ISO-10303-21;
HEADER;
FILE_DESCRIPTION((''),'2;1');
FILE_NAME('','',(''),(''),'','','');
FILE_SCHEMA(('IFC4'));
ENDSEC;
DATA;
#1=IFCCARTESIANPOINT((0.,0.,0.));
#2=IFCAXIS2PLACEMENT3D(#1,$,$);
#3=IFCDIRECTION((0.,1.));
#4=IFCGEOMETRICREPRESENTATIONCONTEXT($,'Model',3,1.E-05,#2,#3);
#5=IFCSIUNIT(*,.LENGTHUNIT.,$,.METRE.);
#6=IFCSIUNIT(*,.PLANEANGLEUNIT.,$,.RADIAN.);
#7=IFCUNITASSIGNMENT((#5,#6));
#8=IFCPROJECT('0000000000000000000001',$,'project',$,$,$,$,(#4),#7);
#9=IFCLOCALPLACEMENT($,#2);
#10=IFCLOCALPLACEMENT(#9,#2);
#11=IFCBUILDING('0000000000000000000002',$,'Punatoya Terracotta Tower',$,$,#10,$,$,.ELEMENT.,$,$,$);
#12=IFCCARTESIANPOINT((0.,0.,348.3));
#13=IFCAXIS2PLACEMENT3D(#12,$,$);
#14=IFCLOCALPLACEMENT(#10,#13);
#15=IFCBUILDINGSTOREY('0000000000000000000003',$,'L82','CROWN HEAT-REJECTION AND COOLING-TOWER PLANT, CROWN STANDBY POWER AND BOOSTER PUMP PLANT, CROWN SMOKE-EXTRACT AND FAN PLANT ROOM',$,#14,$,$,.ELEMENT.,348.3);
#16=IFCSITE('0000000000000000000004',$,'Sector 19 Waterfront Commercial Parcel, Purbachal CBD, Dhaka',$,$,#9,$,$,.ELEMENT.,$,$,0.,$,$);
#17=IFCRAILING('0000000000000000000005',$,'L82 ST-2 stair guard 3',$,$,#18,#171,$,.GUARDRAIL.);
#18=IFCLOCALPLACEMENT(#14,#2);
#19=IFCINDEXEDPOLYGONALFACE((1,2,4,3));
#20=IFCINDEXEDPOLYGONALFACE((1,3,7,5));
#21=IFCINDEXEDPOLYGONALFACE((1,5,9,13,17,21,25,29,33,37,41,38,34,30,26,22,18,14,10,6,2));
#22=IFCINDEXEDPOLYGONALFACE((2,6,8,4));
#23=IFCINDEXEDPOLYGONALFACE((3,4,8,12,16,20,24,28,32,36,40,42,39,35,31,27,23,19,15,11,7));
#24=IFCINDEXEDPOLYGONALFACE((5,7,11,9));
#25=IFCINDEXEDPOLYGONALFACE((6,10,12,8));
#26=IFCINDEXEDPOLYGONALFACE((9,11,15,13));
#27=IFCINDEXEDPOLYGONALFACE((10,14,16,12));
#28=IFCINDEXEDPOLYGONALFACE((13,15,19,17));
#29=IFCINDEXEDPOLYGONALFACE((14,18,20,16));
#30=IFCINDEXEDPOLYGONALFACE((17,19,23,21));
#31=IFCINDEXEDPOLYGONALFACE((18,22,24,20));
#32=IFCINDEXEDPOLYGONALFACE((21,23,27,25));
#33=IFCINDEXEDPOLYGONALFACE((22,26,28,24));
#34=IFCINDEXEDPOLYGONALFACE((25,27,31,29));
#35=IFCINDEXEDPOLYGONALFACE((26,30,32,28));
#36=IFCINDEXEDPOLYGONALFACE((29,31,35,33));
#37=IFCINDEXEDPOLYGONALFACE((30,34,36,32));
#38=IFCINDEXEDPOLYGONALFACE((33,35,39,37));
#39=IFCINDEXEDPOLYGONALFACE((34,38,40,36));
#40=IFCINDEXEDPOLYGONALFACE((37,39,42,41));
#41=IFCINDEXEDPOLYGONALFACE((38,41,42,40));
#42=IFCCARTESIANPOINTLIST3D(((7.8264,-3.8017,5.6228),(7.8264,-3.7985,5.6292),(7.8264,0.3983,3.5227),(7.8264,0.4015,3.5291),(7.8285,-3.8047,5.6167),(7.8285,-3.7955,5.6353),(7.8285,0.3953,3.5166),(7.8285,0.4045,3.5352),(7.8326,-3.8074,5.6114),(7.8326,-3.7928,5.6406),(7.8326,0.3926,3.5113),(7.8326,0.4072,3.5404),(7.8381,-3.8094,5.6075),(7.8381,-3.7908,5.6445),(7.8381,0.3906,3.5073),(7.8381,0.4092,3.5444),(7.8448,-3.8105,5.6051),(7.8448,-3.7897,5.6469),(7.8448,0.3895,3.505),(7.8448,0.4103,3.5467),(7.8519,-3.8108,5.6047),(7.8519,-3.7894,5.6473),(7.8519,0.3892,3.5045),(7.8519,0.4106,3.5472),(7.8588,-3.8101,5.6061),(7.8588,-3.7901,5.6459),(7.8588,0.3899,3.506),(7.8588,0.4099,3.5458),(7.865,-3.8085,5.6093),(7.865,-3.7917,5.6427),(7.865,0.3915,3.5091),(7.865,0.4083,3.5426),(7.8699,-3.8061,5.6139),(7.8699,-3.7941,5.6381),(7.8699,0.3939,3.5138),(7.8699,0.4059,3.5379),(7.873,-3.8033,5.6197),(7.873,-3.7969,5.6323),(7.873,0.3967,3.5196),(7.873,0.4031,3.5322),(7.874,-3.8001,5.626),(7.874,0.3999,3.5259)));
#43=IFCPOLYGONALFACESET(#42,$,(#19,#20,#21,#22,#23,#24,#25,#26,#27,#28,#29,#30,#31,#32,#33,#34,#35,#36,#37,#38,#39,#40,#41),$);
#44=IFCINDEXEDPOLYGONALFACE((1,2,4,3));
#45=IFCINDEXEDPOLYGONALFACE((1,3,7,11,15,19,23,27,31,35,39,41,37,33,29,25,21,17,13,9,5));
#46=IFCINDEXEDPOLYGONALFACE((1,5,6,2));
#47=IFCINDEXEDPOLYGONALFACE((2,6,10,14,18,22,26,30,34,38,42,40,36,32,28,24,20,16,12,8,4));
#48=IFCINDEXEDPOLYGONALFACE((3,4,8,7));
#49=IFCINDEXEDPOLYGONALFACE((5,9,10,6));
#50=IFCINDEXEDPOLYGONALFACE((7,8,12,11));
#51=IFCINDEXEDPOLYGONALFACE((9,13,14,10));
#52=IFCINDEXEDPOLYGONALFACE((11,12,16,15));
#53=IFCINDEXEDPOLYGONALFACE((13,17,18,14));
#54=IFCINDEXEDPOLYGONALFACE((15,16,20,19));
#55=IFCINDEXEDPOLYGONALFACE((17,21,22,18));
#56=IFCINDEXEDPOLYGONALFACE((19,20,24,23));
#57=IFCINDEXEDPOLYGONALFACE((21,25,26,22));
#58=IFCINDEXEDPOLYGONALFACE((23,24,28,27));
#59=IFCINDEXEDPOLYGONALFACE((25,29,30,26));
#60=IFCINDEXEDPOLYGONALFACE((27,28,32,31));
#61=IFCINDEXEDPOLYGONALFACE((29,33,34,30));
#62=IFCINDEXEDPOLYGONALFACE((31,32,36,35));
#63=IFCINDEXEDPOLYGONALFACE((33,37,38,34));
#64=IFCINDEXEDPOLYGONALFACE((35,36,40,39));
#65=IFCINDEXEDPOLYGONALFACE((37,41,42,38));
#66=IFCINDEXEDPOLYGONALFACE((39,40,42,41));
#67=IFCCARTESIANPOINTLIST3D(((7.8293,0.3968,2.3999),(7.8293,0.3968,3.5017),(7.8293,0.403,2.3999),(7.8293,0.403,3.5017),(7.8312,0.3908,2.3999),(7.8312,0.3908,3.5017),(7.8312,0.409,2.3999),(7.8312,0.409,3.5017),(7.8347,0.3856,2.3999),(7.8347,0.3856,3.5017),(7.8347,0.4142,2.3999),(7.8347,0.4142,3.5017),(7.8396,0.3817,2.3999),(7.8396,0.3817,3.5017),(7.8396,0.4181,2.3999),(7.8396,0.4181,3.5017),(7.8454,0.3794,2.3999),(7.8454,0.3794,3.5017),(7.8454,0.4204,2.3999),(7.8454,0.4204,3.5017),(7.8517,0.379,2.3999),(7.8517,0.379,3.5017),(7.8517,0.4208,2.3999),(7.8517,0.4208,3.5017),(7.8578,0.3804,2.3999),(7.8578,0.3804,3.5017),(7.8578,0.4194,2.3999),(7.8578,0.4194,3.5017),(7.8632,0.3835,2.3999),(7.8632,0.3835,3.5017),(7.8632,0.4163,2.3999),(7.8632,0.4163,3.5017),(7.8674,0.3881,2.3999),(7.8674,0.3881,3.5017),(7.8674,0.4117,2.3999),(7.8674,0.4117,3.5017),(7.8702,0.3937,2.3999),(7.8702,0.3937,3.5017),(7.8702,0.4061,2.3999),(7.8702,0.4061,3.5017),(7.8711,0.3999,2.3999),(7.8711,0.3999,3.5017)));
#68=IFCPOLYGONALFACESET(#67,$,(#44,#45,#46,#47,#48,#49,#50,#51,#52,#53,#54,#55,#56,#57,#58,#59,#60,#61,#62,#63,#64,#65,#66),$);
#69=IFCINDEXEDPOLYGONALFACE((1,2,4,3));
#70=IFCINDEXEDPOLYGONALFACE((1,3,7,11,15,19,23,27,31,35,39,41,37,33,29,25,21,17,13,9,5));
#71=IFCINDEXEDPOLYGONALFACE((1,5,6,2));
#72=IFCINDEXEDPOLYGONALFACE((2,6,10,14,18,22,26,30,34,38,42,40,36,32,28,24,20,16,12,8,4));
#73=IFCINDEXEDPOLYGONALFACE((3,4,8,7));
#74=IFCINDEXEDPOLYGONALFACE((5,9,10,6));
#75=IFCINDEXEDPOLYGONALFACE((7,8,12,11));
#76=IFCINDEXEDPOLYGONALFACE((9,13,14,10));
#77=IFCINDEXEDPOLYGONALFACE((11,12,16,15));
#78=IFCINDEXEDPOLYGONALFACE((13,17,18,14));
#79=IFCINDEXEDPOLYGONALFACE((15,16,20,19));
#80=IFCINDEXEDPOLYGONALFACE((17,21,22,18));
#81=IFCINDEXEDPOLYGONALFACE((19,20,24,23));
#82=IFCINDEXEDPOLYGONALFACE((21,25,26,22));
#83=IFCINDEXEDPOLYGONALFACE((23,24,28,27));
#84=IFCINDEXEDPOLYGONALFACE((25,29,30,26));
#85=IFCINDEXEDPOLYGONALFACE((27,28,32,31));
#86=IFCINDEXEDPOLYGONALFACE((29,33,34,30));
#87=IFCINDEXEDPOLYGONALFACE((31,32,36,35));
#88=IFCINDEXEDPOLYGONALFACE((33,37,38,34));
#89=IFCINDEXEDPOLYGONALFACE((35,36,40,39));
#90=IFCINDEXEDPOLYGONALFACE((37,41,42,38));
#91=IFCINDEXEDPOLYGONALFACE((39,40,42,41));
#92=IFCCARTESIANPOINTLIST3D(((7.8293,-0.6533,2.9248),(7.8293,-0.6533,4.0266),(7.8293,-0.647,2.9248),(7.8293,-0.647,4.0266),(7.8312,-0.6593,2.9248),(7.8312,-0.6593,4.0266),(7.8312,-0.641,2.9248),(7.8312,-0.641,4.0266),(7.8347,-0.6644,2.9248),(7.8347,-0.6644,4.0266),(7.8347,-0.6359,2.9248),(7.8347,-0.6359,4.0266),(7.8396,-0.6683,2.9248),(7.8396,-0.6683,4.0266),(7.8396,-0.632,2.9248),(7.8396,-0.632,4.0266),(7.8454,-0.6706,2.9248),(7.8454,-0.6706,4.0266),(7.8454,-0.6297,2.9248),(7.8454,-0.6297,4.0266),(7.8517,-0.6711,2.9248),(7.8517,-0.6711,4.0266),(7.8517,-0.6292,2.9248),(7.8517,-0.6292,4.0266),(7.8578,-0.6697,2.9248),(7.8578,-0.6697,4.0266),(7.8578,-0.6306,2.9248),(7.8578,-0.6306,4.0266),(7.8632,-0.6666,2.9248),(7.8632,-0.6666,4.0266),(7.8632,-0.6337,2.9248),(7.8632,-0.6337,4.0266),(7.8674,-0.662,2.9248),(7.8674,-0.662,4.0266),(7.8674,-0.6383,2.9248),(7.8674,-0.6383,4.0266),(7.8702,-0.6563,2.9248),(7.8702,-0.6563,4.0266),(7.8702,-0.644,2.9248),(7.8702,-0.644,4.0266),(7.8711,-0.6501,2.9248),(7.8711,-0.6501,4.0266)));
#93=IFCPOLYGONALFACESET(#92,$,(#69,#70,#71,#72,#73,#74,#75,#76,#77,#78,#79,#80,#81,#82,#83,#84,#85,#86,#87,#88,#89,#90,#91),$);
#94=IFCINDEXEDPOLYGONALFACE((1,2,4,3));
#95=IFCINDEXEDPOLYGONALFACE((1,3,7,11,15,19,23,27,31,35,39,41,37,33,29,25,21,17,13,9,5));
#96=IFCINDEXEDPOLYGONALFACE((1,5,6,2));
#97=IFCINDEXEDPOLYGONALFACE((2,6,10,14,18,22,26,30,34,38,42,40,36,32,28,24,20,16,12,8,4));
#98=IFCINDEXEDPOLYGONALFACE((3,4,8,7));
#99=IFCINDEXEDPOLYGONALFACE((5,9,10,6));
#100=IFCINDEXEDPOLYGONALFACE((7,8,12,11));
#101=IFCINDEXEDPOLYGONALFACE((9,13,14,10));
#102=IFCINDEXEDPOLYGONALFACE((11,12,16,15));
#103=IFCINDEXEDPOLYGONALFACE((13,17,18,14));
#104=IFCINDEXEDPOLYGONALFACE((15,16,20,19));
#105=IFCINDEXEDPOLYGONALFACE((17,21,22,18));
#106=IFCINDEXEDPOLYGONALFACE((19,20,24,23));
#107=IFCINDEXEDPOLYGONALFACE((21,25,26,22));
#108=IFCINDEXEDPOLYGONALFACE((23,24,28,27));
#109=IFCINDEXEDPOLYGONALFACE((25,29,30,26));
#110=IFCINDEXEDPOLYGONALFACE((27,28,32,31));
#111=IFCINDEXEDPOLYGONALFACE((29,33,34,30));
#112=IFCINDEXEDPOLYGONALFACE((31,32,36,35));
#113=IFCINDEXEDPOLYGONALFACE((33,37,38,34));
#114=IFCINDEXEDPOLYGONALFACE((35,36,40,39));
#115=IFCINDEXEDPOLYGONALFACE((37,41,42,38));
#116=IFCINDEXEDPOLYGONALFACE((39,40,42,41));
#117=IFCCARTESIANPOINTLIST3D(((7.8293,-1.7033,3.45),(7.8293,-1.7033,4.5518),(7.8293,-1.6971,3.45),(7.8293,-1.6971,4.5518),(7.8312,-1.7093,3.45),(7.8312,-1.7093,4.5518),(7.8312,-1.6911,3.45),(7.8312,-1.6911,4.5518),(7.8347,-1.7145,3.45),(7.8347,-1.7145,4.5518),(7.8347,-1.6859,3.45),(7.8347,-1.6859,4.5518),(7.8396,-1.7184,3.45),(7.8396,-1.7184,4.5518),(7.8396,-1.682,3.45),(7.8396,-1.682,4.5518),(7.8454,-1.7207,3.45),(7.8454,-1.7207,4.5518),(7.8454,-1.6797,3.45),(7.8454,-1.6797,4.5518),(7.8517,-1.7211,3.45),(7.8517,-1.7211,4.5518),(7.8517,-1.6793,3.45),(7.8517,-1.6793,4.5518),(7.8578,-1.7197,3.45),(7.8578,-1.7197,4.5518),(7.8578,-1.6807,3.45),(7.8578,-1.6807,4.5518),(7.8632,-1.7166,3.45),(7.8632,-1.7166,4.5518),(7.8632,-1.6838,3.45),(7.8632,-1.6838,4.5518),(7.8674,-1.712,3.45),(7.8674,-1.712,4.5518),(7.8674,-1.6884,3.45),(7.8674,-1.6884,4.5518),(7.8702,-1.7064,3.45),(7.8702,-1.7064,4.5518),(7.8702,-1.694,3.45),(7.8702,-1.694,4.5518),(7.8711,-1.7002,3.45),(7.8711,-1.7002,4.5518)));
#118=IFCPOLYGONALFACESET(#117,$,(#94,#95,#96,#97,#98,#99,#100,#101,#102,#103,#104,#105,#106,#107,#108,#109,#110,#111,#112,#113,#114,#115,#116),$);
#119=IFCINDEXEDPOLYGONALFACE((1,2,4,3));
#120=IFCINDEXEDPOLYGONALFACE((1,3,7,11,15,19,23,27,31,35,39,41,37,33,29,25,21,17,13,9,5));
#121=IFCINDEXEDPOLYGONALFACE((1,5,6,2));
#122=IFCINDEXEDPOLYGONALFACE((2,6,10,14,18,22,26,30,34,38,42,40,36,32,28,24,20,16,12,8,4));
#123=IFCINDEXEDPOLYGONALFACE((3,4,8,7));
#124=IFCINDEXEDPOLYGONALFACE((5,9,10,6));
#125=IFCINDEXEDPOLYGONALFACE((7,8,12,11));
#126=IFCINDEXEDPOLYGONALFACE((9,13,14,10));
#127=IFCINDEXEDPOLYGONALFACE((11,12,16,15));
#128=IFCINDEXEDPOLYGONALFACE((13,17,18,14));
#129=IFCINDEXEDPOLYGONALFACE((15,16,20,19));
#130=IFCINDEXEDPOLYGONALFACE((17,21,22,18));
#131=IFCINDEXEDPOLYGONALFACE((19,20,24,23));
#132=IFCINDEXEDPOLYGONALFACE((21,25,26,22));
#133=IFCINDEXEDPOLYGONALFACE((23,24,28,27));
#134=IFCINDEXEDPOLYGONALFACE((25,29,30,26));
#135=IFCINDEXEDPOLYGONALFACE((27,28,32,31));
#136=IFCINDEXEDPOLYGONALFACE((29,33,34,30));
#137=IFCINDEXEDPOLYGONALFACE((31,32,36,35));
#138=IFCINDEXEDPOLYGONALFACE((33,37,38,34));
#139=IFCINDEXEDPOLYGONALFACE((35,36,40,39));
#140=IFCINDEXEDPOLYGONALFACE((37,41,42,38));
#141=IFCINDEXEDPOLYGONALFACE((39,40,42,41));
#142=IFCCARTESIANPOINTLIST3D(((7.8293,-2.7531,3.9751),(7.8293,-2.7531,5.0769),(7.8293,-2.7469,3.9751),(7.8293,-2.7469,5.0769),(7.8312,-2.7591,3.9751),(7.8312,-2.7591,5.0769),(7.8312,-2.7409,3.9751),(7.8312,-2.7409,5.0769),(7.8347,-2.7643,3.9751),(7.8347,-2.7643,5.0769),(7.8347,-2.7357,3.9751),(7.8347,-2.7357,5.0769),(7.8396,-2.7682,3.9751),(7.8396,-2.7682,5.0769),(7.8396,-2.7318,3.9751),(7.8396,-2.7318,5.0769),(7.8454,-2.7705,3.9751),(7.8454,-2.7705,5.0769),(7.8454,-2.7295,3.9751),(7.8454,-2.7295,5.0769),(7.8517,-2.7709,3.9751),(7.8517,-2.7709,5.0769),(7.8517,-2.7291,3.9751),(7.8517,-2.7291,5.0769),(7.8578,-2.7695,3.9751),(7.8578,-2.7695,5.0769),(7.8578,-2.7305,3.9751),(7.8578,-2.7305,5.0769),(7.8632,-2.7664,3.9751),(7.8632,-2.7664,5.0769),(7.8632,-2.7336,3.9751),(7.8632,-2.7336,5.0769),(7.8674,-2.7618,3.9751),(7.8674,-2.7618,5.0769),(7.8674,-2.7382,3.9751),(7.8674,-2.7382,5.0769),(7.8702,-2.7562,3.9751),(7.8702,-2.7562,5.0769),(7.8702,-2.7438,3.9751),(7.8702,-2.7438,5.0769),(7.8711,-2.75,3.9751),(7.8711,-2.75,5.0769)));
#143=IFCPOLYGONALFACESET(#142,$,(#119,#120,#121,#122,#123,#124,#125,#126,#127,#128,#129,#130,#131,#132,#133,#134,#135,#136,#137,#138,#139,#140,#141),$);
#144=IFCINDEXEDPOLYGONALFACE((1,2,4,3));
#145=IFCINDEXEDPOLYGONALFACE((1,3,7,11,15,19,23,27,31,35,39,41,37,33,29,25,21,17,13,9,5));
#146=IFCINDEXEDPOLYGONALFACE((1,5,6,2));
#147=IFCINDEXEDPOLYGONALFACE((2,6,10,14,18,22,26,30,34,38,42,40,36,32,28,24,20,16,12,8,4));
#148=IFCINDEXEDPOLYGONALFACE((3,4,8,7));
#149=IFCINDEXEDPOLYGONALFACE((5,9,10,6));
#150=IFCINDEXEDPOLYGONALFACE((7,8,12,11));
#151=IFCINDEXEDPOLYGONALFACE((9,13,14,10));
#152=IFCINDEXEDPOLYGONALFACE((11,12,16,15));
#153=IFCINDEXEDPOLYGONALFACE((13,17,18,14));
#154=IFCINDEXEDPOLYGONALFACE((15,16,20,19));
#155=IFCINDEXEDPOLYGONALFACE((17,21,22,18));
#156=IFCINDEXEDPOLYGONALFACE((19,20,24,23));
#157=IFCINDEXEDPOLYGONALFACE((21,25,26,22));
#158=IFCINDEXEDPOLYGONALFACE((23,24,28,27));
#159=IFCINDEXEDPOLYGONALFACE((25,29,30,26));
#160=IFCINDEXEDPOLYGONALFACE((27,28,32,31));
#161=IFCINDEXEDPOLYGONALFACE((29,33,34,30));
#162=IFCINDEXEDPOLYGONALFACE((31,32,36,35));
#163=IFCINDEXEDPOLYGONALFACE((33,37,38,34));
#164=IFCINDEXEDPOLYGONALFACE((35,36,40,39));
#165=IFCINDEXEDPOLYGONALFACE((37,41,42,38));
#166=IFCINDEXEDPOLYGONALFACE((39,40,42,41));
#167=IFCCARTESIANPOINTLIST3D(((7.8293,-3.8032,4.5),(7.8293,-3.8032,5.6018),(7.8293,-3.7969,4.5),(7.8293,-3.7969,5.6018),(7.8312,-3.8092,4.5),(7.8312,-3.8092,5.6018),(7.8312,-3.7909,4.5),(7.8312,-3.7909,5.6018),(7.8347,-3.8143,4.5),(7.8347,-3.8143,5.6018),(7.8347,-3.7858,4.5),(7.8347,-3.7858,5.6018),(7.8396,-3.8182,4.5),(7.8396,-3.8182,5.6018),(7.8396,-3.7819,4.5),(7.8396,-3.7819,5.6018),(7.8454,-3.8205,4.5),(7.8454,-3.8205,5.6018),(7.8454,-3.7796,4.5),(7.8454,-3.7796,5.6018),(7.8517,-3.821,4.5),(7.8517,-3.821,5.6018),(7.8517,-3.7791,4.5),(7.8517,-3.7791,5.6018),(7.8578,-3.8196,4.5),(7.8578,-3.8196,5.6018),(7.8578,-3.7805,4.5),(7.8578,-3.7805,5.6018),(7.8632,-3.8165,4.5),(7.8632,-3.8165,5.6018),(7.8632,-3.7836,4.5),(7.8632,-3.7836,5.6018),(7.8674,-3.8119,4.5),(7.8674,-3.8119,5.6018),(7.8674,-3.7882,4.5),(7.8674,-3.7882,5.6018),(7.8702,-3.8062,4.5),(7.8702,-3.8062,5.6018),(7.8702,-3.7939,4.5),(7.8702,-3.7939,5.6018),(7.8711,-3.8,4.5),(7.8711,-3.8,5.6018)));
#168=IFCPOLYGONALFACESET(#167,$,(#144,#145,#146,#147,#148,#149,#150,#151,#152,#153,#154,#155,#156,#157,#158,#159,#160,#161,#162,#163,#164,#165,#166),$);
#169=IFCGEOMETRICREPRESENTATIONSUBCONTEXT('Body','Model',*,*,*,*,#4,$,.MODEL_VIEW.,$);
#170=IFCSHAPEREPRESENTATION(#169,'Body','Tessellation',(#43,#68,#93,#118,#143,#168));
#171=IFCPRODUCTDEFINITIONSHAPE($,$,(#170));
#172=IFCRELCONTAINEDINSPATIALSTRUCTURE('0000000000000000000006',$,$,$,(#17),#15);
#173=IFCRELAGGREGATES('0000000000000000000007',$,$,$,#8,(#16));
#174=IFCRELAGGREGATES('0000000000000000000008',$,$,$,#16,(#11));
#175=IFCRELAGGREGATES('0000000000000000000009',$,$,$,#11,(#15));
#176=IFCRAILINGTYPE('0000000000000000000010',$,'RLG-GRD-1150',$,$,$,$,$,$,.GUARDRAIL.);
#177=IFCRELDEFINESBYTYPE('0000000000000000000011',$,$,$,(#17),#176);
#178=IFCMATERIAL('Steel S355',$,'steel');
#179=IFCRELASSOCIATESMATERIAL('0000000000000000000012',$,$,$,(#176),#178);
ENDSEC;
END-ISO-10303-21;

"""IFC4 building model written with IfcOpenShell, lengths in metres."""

from ifc_helpers import new_model, si_unit, direction, frame, origin, origin_2d, place, context, subcontext, project, spatial, circle, extrude, material, type_object, element, save


model = new_model("IFC4")

# Units and contexts
model_context = context("Model", 3, precision=1e-05, world=origin(), true_north=direction((0.0, 1.0)))
body_context = subcontext(model_context, "Body", "Model", "MODEL_VIEW")
ifc_project = project(units=[si_unit("LENGTHUNIT", "METRE"), si_unit("PLANEANGLEUNIT", "RADIAN")], contexts=[model_context])

# Site, building, storey
site_placement = place(None, origin())
site = spatial("IfcSite", under=ifc_project, at=site_placement, Name="Sector 19 Waterfront Commercial Parcel, Purbachal CBD, Dhaka", CompositionType="ELEMENT", RefElevation=0.0)
building_placement = place(site_placement, origin())
building = spatial("IfcBuilding", under=site, at=building_placement, Name="Punatoya Terracotta Tower", CompositionType="ELEMENT")
storey_placement = place(building_placement, frame((0.0, 0.0, 348.3)))
storey = spatial("IfcBuildingStorey", under=building, at=storey_placement, Name="L82", Description="CROWN HEAT-REJECTION AND COOLING-TOWER PLANT, CROWN STANDBY POWER AND BOOSTER PUMP PLANT, CROWN SMOKE-EXTRACT AND FAN PLANT ROOM", CompositionType="ELEMENT", Elevation=348.3)

# Shared definitions
ifc_material_1 = material(Name="Steel S355", Category="steel")

# Railing
railing_type_1 = type_object("IfcRailingType", Name="RLG-GRD-1150", PredefinedType="GUARDRAIL", material=ifc_material_1)
railing_1_placement = place(storey_placement, frame((7.8501, 0.3999, 2.3999)))
element("IfcRailing", 1, at=railing_1_placement, inside=storey, type_object=railing_type_1, Name="L82 ST-2 stair guard 3", PredefinedType="GUARDRAIL", context=body_context, shape_type="SweptSolid", body=[
    extrude(circle(Radius=0.0239, at=origin_2d()), frame((0.0, 0.0, 1.126), z_axis=(0.0, -0.894417, 0.447234), x_axis=(1.0, 0.0, 0.0)), (0.0, 0.0, 1.0), 4.6958),
    extrude(circle(Radius=0.021, at=origin_2d()), origin(), (0.0, 0.0, 1.0), 1.1018),
    extrude(circle(Radius=0.021, at=origin_2d()), frame((0.0, -1.05, 0.5249)), (0.0, 0.0, 1.0), 1.1018),
    extrude(circle(Radius=0.021, at=origin_2d()), frame((0.0, -2.1001, 1.05)), (0.0, 0.0, 1.0), 1.1018),
    extrude(circle(Radius=0.021, at=origin_2d()), frame((0.0, -3.1499, 1.5752)), (0.0, 0.0, 1.0), 1.1018),
    extrude(circle(Radius=0.021, at=origin_2d()), frame((0.0, -4.2, 2.1001)), (0.0, 0.0, 1.0), 1.1018),
])

save(model, "model.ifc")
